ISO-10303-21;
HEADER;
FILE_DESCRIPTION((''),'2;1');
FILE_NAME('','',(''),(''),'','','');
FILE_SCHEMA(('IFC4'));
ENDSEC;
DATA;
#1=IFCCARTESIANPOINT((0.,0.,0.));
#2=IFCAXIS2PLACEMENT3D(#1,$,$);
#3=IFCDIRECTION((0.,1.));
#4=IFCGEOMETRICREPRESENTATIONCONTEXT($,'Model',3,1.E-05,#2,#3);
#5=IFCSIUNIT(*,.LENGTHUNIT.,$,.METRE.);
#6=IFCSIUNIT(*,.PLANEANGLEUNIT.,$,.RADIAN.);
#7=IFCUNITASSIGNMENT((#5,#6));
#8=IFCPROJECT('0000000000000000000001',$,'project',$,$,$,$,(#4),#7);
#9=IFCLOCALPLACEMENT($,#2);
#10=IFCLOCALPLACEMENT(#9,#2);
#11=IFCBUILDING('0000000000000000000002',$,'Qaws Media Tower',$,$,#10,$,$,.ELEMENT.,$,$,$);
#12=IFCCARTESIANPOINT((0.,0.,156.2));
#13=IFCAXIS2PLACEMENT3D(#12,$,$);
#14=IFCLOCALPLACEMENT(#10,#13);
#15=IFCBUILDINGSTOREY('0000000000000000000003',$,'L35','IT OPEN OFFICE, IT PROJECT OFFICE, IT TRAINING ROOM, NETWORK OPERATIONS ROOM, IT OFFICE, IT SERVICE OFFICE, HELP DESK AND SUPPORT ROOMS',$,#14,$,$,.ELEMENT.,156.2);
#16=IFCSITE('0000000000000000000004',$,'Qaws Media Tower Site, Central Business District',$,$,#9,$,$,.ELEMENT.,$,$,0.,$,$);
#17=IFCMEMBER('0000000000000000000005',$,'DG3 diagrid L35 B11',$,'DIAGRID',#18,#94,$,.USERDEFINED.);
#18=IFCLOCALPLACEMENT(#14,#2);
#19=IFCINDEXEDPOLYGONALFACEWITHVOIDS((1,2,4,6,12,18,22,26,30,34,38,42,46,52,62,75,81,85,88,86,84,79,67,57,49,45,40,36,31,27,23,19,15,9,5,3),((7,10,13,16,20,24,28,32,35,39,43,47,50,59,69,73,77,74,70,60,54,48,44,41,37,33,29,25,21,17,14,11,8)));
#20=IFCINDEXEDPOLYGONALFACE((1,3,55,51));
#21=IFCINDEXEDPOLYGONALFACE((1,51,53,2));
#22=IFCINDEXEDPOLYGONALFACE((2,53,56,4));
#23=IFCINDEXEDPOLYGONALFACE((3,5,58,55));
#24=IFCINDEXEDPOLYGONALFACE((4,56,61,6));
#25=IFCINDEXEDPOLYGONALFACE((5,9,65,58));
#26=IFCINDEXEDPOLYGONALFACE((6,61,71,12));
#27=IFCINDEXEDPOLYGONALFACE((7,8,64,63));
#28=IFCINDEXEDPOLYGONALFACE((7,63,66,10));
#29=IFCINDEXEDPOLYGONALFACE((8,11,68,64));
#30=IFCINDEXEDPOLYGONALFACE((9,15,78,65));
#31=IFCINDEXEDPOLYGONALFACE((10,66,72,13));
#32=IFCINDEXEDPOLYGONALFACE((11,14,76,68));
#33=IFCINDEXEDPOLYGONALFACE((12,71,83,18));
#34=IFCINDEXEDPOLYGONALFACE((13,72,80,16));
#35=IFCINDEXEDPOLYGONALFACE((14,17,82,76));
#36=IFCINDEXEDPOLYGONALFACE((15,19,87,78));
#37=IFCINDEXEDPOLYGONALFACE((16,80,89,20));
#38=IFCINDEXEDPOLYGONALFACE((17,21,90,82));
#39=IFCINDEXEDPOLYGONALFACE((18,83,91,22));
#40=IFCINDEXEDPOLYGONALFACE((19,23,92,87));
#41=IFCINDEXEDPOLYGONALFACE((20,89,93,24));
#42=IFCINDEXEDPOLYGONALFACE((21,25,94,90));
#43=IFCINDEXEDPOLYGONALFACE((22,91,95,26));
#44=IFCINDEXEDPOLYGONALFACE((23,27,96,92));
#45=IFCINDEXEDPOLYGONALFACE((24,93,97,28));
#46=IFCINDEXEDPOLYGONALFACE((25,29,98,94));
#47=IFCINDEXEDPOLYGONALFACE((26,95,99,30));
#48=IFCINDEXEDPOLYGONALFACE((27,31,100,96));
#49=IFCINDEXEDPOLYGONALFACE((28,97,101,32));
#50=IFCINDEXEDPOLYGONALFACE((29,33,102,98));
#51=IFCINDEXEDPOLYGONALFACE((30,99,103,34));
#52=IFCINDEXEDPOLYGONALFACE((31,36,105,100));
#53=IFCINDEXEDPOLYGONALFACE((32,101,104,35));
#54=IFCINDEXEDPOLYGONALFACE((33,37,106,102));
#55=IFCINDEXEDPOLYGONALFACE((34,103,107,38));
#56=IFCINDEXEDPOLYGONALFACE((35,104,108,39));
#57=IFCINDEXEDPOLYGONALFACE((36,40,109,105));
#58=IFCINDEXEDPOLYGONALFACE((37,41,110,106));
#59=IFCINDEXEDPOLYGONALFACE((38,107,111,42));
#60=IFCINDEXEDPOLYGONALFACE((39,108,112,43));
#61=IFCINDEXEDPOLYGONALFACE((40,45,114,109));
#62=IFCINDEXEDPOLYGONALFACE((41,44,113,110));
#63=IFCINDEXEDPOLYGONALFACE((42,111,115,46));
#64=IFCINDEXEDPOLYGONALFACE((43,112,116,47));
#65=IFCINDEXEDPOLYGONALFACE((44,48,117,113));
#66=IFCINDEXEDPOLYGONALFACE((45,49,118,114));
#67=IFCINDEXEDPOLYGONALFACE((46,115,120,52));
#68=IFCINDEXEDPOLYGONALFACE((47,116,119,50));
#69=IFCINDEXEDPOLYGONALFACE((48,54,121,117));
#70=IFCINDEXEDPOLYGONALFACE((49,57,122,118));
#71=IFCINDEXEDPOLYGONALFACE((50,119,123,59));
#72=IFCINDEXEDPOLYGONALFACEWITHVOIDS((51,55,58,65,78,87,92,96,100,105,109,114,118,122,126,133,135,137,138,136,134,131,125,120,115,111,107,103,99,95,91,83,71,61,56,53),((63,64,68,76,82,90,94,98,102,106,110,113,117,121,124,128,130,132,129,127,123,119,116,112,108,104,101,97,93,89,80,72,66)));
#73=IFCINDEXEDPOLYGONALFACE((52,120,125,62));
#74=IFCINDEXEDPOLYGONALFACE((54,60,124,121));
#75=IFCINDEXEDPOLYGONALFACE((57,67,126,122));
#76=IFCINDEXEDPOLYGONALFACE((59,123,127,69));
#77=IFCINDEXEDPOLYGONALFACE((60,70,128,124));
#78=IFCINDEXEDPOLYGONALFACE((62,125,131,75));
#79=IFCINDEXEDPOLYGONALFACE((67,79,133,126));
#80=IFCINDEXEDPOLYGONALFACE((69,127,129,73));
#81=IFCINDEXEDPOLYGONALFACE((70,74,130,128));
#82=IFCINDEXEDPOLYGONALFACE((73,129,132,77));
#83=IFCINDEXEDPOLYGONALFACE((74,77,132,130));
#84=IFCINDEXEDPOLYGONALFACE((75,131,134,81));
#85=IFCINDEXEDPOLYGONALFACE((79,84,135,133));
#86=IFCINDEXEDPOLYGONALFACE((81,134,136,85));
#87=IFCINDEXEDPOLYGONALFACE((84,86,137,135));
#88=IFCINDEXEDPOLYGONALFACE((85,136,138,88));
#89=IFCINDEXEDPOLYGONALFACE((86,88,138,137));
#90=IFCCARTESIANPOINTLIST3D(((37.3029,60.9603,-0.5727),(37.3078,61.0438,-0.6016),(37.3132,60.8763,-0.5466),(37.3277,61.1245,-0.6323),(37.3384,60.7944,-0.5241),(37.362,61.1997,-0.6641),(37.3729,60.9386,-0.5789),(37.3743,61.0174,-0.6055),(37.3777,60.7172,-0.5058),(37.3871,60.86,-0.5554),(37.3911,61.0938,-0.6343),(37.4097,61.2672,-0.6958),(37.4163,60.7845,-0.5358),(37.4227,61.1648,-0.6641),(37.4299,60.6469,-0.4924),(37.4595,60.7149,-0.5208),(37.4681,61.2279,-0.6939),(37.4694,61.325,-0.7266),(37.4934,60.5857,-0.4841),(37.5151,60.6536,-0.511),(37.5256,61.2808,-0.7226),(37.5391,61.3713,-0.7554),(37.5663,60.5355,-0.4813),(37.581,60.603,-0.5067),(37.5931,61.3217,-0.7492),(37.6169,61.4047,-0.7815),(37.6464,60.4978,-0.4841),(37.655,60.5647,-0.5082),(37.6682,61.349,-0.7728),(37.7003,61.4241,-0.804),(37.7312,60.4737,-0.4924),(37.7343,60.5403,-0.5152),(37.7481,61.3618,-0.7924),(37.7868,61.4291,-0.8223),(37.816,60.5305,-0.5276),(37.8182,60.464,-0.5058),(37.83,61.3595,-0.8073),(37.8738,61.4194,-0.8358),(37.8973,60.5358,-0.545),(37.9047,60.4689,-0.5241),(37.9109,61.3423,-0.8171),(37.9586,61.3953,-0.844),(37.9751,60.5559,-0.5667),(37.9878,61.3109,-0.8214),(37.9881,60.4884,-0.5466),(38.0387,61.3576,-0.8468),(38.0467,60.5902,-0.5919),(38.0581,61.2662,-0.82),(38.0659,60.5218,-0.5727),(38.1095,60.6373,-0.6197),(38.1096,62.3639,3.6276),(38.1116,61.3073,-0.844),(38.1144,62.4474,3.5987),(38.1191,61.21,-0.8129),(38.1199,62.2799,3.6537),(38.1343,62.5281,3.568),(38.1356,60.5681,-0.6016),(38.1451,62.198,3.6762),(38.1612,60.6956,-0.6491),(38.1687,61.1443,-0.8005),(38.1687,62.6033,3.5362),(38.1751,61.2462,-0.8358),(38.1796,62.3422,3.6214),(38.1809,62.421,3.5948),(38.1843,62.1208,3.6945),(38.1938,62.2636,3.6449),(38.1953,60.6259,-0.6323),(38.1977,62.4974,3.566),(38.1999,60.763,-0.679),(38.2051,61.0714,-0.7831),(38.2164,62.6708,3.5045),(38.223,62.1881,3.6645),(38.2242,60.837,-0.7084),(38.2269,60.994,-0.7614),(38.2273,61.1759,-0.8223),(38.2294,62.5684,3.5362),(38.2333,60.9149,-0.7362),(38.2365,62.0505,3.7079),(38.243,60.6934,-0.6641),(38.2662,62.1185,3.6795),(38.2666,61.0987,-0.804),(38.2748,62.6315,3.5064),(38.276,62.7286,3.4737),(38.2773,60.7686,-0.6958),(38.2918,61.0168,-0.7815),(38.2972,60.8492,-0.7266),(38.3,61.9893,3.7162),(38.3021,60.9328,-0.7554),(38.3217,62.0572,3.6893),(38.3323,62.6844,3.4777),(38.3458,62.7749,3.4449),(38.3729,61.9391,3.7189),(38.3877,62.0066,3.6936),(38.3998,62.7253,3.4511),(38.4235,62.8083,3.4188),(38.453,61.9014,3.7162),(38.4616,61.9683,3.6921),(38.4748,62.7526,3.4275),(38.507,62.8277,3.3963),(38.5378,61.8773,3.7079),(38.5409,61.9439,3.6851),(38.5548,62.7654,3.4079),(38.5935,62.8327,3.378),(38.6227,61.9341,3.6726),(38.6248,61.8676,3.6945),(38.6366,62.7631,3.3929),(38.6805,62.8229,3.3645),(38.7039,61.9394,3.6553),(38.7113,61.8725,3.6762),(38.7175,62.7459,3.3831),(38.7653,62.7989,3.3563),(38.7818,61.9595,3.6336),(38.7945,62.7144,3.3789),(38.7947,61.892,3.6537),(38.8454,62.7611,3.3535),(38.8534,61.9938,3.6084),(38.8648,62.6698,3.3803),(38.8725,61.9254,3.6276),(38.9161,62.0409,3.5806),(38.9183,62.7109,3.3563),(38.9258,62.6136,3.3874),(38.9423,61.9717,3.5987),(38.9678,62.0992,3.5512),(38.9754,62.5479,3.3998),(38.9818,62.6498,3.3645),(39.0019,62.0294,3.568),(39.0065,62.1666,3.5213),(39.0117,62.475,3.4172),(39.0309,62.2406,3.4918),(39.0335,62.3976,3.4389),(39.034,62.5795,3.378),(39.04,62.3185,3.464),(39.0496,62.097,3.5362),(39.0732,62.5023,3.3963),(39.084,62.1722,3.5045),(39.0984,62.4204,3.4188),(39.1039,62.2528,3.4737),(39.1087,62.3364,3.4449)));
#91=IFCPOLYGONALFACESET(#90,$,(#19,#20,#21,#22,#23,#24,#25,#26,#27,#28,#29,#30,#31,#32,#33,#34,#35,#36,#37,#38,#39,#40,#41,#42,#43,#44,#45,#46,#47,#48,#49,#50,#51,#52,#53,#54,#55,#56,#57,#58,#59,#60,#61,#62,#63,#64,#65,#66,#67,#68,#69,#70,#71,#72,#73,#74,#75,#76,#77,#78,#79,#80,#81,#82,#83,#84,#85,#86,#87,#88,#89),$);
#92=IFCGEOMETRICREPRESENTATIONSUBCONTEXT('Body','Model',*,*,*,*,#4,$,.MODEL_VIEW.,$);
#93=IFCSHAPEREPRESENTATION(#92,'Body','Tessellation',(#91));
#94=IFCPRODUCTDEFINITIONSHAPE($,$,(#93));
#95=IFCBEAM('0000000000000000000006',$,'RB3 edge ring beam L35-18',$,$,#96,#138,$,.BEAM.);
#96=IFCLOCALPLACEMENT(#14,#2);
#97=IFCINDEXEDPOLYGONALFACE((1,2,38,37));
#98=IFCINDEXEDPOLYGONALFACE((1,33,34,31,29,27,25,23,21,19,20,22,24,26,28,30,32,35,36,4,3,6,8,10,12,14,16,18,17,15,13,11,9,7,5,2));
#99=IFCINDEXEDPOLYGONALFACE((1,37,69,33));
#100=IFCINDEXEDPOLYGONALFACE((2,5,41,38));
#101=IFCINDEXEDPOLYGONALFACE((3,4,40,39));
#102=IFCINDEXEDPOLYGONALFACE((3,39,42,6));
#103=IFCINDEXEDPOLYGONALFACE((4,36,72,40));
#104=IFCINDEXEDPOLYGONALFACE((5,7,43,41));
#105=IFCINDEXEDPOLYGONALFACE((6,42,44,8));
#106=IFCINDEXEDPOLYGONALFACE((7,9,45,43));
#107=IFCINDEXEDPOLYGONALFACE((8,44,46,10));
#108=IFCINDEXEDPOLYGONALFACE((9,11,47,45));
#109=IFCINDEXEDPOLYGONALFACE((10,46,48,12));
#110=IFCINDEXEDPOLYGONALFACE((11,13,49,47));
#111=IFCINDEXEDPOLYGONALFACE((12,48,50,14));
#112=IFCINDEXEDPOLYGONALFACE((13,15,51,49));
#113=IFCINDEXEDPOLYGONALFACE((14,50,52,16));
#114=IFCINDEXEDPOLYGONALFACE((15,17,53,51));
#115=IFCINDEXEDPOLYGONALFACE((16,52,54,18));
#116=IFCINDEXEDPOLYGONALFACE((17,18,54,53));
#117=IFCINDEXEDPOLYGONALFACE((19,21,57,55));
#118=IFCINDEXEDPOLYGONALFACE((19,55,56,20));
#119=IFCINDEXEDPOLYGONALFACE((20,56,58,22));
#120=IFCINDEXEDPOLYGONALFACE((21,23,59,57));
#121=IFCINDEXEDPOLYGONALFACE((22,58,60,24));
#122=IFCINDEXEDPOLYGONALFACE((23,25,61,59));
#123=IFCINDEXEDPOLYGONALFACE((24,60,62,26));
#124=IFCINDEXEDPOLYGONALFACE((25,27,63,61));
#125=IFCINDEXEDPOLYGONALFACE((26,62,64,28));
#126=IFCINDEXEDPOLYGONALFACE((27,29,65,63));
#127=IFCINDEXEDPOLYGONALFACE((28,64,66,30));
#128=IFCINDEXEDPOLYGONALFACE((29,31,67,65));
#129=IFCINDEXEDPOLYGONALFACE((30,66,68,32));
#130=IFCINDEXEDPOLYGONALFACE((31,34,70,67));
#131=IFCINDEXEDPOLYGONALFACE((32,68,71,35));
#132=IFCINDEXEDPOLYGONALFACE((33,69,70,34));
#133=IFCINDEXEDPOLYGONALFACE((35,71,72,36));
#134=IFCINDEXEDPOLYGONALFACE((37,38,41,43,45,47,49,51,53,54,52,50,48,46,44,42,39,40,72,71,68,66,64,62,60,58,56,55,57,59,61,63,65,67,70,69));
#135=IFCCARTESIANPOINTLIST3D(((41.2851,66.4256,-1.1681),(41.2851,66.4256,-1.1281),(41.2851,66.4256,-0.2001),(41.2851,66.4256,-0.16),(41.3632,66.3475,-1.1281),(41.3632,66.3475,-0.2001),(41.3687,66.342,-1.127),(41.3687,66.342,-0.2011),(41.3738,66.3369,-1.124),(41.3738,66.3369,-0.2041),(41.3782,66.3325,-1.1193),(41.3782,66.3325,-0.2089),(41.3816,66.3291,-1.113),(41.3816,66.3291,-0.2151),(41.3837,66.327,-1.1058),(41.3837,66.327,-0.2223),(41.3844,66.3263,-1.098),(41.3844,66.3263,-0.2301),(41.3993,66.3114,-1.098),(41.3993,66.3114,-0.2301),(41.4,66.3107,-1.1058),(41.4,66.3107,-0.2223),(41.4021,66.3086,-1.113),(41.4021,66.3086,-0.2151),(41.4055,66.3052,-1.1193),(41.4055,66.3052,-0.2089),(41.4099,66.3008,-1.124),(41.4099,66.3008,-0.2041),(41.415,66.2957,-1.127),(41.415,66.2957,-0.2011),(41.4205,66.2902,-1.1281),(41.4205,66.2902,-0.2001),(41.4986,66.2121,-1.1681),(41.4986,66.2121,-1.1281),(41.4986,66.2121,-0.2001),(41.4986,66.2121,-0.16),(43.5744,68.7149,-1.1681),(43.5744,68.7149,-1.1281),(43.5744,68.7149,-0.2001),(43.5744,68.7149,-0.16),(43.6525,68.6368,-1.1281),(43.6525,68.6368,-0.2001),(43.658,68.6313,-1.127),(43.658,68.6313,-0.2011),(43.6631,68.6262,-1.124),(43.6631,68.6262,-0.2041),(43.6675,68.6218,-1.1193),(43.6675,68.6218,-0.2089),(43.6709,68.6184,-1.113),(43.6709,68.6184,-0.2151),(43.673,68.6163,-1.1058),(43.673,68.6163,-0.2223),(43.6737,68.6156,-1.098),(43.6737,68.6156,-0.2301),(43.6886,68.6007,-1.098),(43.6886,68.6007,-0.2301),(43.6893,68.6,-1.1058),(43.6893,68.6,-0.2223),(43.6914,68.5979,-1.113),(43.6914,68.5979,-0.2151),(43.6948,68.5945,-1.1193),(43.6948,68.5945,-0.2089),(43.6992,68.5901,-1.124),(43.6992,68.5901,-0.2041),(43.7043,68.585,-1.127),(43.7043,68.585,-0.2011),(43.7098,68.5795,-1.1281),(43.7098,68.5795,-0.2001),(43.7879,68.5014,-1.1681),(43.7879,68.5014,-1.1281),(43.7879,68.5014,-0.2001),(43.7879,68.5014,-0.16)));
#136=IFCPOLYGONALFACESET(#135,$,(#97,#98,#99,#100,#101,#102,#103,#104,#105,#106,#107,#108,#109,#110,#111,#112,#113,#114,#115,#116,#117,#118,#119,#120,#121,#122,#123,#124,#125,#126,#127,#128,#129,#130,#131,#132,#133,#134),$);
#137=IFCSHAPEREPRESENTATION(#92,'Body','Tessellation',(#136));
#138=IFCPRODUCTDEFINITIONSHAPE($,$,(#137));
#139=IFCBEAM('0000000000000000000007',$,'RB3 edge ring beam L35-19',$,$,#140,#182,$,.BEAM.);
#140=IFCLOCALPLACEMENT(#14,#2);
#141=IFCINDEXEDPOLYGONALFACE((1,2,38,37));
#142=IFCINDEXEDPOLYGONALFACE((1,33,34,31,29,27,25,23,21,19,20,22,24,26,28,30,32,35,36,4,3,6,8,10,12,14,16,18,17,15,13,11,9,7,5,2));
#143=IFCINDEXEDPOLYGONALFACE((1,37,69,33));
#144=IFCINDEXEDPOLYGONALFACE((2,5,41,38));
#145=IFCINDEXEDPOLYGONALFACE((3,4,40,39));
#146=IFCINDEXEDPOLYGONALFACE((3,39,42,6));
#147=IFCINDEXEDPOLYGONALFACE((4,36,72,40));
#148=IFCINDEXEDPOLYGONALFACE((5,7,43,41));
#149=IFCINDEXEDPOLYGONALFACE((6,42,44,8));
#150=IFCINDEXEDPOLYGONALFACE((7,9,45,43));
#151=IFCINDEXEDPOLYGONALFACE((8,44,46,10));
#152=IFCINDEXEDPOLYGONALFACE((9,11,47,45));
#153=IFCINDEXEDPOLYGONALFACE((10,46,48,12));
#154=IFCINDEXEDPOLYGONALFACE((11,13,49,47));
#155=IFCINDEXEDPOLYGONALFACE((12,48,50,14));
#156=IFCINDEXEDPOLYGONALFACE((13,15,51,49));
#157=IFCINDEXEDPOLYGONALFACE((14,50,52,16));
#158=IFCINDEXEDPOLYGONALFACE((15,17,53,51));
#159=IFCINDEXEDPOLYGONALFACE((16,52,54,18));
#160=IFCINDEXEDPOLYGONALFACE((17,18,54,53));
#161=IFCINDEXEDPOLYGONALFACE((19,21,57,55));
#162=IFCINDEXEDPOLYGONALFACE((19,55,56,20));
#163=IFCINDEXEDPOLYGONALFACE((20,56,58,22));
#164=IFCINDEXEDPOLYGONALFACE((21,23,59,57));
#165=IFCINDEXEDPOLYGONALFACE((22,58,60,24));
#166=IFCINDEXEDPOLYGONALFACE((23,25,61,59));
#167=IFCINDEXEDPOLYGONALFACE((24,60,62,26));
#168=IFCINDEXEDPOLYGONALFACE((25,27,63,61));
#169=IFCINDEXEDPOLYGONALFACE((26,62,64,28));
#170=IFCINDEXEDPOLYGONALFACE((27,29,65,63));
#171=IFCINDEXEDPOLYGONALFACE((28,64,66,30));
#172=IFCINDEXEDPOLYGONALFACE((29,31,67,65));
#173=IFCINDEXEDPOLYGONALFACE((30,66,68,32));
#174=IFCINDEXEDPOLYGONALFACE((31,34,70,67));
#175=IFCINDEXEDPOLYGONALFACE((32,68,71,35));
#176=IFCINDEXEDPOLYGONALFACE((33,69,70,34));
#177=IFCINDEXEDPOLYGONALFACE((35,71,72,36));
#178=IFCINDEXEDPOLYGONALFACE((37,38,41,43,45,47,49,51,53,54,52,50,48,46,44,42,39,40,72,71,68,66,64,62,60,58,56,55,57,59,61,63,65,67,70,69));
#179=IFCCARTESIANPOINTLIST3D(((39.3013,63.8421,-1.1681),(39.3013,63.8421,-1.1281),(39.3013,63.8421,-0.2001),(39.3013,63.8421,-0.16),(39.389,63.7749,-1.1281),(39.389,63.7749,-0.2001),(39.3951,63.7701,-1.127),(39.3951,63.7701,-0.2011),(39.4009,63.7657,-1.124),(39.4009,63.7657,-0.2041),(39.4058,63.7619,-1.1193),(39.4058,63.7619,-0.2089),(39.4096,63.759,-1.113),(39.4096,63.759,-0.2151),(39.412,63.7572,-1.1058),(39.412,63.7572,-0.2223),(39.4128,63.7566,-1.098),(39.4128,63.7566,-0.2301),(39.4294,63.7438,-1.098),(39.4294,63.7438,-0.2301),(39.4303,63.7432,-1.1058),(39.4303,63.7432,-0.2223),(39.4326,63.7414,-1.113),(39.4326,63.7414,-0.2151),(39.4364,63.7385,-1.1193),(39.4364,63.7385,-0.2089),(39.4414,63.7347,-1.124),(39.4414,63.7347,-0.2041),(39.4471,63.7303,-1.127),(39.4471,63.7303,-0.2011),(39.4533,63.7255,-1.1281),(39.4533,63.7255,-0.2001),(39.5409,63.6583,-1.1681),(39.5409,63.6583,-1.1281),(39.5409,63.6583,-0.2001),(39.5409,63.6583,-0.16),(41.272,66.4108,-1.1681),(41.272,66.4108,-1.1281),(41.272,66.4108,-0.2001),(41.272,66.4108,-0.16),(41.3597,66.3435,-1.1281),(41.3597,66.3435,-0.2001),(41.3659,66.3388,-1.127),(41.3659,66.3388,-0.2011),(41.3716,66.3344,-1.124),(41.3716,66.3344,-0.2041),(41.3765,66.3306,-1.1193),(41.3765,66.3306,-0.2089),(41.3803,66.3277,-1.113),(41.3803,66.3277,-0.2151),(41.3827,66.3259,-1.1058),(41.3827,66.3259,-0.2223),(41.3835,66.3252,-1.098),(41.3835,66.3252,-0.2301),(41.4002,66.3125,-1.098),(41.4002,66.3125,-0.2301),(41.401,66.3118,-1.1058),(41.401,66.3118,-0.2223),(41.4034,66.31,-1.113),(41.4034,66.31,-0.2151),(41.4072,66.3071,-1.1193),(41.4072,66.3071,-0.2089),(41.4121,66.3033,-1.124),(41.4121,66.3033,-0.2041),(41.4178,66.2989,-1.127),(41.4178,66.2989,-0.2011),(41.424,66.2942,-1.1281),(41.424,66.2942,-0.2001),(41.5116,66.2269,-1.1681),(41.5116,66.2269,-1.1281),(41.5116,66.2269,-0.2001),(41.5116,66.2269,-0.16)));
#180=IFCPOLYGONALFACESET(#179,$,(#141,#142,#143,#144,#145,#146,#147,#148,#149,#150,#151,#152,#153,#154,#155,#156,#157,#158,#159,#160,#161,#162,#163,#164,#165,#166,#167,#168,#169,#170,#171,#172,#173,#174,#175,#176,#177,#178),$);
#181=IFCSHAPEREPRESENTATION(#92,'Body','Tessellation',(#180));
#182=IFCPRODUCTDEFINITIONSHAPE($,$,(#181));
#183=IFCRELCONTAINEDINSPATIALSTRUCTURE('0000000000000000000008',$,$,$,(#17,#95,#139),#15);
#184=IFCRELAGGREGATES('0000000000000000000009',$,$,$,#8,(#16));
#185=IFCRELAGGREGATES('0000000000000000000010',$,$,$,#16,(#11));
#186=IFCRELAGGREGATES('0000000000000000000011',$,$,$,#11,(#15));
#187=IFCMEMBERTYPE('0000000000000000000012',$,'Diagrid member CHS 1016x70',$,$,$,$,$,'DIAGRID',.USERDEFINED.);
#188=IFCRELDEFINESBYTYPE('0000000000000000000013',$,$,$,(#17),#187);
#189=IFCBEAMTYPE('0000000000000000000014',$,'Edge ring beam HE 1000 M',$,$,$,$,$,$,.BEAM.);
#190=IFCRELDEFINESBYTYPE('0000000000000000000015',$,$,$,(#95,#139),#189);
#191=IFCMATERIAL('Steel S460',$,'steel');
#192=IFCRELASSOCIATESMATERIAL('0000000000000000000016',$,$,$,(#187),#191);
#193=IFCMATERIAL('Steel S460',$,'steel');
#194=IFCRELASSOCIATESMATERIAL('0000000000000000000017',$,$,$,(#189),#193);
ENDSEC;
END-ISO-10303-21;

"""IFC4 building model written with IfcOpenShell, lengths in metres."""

from ifc_helpers import new_model, si_unit, direction, frame, origin, origin_2d, place, context, subcontext, project, spatial, hollow_circle, i_section, extrude, material, material_profile, profile_set, type_object, element, save


model = new_model("IFC4")

# Units and contexts
model_context = context("Model", 3, precision=1e-05, world=origin(), true_north=direction((0.0, 1.0)))
body_context = subcontext(model_context, "Body", "Model", "MODEL_VIEW")
ifc_project = project(units=[si_unit("LENGTHUNIT", "METRE"), si_unit("PLANEANGLEUNIT", "RADIAN")], contexts=[model_context])

# Site, building, storey
site_placement = place(None, origin())
site = spatial("IfcSite", under=ifc_project, at=site_placement, Name="Qaws Media Tower Site, Central Business District", CompositionType="ELEMENT", RefElevation=0.0)
building_placement = place(site_placement, origin())
building = spatial("IfcBuilding", under=site, at=building_placement, Name="Qaws Media Tower", CompositionType="ELEMENT")
storey_placement = place(building_placement, frame((0.0, 0.0, 156.2)))
storey = spatial("IfcBuildingStorey", under=building, at=storey_placement, Name="L35", Description="IT OPEN OFFICE, IT PROJECT OFFICE, IT TRAINING ROOM, NETWORK OPERATIONS ROOM, IT OFFICE, IT SERVICE OFFICE, HELP DESK AND SUPPORT ROOMS", CompositionType="ELEMENT", Elevation=156.2)

# Member
ifc_material_1 = material(Name="Steel S460", Category="steel")
ifc_material_profile_1 = material_profile(ifc_material_1, hollow_circle(Radius=0.5081, WallThickness=0.0701, at=origin_2d()), Name="CHS 1016x70")
ifc_profile_set_1 = profile_set([ifc_material_profile_1], Name="Steel S460")
member_type_1 = type_object("IfcMemberType", Name="Diagrid member CHS 1016x70", ElementType="DIAGRID", PredefinedType="USERDEFINED", material=ifc_profile_set_1)
member_1_placement = place(storey_placement, frame((37.8025, 60.9465, -0.6641), z_axis=(0.179199, 0.311809, 0.933093), x_axis=(-0.867015, 0.498281, 0.0)))
element("IfcMember", 1, at=member_1_placement, inside=storey, type_object=member_type_1, Name="DG3 diagrid L35 B11", ObjectType="DIAGRID", PredefinedType="USERDEFINED", context=body_context, shape_type="SweptSolid", body=[
    extrude(hollow_circle(Radius=0.5081, WallThickness=0.0701, at=origin_2d()), origin(), (0.0, 0.0, 1.0), 4.5015),
])

# Beams
ifc_material_2 = material(Name="Steel S460", Category="steel")
ifc_material_profile_2 = material_profile(ifc_material_2, i_section(OverallWidth=0.302, OverallDepth=1.0081, WebThickness=0.021, FlangeThickness=0.04, FilletRadius=0.03, at=origin_2d()), Name="HE 1000 M")
ifc_profile_set_2 = profile_set([ifc_material_profile_2], Name="Steel S460")
beam_type = type_object("IfcBeamType", Name="Edge ring beam HE 1000 M", PredefinedType="BEAM", material=ifc_profile_set_2)
for number, where, z_axis, x_axis, name in (
    (2, (43.6812, 68.6082, -0.6641), (-0.707107, -0.707107, 0.0), (0.707107, -0.707107, 0.0), "RB3 edge ring beam L35-18"),
    (3, (41.3918, 66.3188, -0.6641), (-0.608712, -0.793391, 0.0), (0.793391, -0.608712, 0.0), "RB3 edge ring beam L35-19"),
):
    element("IfcBeam", number, at=place(storey_placement, frame(where, z_axis=z_axis, x_axis=x_axis)), inside=storey, type_object=beam_type, Name=name, PredefinedType="BEAM", context=body_context, shape_type="SweptSolid", body=[
        extrude(i_section(OverallWidth=0.302, OverallDepth=1.0081, WebThickness=0.021, FlangeThickness=0.04, FilletRadius=0.03, at=origin_2d()), origin(), (0.0, 0.0, 1.0), 3.2375),
    ])

save(model, "model.ifc")
